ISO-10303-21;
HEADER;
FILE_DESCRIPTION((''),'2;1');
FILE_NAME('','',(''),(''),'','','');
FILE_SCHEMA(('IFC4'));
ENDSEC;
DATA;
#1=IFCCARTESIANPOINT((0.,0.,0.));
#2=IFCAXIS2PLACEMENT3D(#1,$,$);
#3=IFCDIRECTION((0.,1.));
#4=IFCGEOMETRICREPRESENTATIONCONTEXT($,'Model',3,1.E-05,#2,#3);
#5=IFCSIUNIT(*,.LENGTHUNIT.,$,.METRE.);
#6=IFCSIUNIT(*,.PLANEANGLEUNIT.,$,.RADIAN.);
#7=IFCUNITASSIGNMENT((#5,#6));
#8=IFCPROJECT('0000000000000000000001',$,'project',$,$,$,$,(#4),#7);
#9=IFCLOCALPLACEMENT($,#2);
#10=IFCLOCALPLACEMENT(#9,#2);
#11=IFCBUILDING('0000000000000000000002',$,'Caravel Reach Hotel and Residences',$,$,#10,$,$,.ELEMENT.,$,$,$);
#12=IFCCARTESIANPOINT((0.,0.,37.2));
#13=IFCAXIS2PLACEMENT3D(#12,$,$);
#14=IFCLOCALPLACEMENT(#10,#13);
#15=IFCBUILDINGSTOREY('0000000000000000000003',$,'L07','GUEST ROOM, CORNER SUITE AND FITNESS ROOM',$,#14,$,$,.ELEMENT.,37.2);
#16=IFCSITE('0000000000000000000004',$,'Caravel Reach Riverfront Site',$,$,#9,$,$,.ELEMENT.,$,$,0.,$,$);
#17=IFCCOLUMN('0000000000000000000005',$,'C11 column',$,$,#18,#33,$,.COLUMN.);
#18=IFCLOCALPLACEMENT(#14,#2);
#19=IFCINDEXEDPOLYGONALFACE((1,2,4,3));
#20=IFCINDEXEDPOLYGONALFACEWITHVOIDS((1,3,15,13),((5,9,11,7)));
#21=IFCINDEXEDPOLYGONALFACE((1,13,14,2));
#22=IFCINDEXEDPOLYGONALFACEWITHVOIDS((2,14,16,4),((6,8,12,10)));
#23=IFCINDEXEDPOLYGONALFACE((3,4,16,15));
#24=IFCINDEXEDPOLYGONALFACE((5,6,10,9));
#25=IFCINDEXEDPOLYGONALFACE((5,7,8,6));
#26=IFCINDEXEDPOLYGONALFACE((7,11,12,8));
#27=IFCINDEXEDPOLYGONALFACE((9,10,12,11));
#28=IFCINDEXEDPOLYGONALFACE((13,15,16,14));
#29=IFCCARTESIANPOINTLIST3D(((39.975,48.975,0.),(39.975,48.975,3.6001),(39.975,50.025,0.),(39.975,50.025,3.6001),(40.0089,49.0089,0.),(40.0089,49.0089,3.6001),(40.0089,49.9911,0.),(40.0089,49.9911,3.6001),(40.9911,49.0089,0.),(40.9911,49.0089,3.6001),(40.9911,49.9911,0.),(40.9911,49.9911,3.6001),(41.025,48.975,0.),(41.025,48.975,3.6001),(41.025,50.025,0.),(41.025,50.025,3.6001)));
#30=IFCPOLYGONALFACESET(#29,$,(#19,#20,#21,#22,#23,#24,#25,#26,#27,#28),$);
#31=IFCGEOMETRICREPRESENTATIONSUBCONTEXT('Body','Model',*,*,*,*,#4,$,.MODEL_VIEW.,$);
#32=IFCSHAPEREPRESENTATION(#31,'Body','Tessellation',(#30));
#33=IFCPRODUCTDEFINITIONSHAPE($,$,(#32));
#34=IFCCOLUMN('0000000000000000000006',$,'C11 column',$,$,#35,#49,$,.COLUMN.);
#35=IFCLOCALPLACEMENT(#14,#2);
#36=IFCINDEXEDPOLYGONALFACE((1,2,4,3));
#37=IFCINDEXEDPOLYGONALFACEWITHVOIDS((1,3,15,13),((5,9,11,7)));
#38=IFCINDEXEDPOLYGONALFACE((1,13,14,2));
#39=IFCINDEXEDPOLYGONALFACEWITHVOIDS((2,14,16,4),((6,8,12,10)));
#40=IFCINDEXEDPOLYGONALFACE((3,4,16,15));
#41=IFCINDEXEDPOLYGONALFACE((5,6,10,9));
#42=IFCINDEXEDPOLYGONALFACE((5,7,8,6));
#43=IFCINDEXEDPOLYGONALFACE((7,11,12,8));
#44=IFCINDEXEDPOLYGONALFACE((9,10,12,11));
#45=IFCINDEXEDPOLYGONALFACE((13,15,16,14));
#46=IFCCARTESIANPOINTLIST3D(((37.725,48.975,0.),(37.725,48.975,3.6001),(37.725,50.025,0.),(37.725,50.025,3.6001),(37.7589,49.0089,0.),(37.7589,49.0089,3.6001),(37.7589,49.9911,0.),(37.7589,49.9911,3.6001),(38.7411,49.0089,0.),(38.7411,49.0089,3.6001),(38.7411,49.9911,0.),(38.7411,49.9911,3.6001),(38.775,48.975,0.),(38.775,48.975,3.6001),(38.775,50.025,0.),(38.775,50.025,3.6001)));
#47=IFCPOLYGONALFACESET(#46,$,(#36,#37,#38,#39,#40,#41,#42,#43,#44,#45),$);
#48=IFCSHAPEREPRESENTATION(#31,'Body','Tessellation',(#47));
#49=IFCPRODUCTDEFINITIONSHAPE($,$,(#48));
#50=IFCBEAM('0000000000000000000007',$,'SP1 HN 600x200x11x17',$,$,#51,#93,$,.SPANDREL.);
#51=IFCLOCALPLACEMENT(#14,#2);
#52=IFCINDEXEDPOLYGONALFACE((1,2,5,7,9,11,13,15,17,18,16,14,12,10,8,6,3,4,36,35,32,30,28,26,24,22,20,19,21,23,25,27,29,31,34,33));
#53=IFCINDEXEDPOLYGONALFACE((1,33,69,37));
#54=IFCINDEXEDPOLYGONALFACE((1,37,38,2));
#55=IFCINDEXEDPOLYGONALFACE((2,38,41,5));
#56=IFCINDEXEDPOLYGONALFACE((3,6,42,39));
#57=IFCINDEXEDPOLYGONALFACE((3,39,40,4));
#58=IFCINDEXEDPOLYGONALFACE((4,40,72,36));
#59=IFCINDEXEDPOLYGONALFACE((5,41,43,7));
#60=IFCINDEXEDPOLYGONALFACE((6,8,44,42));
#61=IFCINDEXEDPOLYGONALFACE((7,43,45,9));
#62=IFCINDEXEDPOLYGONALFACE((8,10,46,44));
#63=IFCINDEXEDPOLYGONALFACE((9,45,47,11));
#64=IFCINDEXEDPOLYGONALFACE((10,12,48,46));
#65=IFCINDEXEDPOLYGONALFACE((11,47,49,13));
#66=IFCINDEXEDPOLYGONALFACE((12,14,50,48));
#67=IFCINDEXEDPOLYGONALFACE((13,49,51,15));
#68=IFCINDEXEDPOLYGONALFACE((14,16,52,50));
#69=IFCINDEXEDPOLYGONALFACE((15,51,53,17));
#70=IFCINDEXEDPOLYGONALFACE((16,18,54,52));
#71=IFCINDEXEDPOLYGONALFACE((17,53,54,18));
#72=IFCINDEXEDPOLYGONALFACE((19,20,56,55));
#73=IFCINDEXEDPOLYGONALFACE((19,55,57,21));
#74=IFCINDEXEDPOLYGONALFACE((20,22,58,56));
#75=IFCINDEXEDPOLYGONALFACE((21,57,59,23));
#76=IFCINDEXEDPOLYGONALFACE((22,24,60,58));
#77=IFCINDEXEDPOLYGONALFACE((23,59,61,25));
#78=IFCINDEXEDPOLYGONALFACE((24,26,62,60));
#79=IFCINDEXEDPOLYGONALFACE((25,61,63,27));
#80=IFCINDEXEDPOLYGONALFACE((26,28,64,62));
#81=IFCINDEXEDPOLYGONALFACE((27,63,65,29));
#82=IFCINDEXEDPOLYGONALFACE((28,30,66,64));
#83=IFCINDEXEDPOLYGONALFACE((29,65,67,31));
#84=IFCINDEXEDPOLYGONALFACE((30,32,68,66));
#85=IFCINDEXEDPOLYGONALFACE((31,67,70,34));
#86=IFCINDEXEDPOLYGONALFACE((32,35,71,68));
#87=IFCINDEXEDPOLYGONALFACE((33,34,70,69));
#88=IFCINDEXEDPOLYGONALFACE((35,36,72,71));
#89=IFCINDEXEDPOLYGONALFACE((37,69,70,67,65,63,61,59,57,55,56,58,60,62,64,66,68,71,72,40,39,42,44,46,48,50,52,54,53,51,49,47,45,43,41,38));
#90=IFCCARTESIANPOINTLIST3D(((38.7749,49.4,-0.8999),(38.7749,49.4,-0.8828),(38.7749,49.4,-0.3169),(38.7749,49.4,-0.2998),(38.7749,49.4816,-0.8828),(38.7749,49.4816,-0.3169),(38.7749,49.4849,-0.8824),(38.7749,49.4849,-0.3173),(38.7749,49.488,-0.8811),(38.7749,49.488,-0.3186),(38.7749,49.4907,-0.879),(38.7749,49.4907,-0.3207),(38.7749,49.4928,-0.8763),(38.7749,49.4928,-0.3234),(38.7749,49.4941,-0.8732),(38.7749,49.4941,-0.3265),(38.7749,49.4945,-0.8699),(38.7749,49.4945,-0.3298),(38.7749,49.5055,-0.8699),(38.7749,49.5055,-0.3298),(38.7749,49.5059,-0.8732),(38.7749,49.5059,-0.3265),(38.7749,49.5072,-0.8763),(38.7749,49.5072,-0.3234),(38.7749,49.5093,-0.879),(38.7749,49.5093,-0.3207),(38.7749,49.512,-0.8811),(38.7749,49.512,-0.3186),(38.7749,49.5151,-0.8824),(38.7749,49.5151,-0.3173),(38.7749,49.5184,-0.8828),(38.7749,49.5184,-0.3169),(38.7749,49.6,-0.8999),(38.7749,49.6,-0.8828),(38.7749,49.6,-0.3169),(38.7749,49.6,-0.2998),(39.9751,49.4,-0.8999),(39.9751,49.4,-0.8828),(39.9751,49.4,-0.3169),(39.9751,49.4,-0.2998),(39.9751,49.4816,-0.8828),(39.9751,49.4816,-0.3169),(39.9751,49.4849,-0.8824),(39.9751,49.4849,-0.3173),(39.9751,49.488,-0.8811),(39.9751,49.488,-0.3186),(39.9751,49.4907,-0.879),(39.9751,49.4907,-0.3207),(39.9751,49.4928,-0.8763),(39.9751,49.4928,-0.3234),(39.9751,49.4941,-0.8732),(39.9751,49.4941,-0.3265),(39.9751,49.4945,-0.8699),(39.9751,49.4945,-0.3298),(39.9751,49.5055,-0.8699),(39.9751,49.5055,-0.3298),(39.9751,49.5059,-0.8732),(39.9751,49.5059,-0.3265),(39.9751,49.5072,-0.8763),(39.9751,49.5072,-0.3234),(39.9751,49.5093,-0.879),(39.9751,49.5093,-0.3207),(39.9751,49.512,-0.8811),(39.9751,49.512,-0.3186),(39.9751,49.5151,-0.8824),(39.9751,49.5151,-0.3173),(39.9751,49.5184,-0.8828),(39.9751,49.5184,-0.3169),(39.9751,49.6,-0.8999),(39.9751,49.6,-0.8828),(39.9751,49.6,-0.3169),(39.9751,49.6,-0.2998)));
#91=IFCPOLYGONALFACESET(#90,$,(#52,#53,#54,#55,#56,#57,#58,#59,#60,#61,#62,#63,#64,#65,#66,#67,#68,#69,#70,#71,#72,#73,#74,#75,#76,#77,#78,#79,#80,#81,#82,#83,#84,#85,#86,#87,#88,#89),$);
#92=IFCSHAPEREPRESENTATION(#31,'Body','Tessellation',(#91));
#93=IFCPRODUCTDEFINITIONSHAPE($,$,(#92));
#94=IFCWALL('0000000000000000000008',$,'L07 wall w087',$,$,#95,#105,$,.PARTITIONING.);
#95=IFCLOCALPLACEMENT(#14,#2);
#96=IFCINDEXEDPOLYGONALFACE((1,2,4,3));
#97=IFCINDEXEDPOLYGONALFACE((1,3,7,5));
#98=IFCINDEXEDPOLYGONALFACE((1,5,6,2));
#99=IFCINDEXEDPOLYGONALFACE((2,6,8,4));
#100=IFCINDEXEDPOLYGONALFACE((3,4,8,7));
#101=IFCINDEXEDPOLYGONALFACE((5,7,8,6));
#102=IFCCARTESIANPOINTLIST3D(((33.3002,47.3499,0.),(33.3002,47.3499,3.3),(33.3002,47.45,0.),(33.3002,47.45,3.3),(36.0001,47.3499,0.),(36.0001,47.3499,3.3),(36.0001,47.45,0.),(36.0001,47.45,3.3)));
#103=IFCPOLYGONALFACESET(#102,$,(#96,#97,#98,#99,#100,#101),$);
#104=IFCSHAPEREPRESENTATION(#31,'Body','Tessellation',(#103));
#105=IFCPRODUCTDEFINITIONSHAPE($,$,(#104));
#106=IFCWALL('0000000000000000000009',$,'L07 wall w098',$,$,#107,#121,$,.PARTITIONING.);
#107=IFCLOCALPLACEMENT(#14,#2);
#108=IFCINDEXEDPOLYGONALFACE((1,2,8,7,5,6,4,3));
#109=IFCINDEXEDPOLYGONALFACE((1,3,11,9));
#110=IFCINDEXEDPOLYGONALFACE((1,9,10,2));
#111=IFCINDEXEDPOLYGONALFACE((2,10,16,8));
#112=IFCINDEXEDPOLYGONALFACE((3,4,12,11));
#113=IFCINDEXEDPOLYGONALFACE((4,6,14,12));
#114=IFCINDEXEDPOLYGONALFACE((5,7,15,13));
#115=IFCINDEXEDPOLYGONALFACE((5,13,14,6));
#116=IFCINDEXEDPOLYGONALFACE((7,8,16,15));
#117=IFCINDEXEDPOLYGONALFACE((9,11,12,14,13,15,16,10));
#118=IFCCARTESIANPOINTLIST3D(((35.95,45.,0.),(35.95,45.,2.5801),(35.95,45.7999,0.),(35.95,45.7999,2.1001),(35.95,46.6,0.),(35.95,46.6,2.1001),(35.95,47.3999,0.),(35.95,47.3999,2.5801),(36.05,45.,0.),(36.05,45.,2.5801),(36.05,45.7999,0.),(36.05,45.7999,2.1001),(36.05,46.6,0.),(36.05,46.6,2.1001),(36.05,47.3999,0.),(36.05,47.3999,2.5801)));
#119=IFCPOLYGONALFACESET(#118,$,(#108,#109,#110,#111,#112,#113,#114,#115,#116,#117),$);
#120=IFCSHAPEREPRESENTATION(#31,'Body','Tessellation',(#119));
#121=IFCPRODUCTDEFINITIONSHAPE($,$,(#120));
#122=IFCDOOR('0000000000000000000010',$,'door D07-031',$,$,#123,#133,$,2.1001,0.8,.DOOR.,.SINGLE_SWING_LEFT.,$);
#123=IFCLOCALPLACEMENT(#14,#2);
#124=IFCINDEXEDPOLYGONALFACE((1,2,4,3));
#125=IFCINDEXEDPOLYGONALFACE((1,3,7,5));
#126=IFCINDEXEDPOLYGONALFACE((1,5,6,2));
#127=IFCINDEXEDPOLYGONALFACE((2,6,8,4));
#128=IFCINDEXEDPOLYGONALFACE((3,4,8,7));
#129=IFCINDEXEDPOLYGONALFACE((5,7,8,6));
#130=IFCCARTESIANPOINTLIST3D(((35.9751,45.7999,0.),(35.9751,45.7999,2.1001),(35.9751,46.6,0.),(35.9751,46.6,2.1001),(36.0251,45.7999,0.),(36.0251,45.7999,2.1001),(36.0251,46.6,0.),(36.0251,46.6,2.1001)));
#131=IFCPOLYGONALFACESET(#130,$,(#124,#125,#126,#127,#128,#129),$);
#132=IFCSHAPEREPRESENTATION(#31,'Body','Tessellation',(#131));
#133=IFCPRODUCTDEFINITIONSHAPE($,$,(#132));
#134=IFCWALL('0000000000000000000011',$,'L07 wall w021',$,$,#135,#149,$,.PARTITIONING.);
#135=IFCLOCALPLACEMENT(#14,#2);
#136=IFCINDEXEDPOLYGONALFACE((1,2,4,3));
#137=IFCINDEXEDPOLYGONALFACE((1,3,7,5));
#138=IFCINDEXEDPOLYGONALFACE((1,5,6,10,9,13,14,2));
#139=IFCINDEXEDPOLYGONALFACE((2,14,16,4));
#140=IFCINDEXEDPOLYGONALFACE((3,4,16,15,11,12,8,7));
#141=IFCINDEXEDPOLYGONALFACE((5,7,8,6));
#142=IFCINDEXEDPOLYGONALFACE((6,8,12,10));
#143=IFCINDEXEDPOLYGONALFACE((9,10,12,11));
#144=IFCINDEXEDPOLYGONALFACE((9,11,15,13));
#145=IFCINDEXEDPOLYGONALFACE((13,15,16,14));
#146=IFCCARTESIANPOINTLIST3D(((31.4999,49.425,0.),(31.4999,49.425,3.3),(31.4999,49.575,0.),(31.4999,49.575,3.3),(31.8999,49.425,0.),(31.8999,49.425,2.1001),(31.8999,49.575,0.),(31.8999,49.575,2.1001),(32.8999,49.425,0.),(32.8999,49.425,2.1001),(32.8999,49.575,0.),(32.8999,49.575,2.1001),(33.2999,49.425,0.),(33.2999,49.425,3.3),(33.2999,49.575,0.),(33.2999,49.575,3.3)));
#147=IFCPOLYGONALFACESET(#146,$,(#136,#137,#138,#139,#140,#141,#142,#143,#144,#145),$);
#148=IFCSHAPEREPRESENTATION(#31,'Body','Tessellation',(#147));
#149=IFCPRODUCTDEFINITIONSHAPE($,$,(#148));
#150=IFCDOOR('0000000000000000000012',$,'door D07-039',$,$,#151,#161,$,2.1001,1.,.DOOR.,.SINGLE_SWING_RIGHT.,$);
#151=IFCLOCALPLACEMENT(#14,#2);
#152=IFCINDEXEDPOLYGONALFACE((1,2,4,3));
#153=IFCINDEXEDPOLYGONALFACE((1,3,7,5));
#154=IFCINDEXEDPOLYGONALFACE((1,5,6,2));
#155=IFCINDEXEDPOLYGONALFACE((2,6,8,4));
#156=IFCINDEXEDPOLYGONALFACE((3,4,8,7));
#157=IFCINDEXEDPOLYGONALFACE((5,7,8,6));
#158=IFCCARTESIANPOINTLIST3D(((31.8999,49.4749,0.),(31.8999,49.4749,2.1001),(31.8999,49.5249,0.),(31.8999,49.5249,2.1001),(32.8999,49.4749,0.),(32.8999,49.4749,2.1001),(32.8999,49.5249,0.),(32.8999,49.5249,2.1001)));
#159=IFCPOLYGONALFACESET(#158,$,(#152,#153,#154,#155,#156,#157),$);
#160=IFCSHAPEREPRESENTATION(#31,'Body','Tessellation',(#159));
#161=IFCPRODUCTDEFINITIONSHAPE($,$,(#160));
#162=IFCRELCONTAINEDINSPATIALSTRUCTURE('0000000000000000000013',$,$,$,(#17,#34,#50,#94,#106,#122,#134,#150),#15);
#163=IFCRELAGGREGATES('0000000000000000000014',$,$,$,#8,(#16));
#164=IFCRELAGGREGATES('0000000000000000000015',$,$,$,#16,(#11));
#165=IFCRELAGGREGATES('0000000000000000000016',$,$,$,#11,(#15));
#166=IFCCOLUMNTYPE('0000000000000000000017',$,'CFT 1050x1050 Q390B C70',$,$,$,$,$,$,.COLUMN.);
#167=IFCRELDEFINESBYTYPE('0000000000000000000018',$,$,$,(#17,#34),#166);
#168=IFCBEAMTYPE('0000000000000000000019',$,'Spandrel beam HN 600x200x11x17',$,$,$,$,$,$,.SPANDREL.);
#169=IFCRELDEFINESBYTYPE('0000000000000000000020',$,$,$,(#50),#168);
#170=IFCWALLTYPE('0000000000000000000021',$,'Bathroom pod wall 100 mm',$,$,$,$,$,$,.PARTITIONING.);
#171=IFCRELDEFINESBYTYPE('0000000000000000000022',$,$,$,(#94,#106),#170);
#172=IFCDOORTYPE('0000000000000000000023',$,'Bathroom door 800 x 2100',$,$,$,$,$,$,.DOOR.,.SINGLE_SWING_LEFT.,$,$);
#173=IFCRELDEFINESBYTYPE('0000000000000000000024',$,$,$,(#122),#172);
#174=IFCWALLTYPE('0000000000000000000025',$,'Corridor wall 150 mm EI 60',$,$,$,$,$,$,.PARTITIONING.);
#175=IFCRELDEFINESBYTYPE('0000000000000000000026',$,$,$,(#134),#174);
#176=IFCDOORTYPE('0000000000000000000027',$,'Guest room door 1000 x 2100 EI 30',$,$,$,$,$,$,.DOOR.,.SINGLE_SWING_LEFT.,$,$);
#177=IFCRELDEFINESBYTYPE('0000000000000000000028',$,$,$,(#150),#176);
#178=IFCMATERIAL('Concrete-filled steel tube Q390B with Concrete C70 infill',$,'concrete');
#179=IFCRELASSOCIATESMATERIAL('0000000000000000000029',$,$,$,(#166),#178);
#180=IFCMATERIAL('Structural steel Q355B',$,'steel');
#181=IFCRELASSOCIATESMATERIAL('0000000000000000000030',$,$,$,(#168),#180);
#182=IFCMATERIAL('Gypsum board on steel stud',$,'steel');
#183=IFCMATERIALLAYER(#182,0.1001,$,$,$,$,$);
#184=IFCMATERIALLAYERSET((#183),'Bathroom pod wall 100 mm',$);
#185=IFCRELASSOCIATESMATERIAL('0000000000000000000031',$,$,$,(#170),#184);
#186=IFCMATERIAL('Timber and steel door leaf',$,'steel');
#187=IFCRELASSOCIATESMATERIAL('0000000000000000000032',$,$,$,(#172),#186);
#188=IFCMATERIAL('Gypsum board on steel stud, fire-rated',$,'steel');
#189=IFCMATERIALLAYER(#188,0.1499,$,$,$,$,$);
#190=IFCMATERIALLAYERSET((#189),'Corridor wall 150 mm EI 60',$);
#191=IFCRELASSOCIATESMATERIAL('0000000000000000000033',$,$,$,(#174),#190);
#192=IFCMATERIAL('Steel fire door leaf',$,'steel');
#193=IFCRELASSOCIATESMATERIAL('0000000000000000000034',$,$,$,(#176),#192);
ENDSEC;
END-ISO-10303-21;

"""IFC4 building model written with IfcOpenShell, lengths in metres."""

from ifc_helpers import new_model, si_unit, direction, frame, frame_2d, origin, origin_2d, place, context, subcontext, project, spatial, rectangle, hollow_rectangle, i_section, extrude, material, layer, layer_set, material_profile, profile_set, type_object, element, fill, save


model = new_model("IFC4")

# Units and contexts
model_context = context("Model", 3, precision=1e-05, world=origin(), true_north=direction((0.0, 1.0)))
body_context = subcontext(model_context, "Body", "Model", "MODEL_VIEW")
ifc_project = project(units=[si_unit("LENGTHUNIT", "METRE"), si_unit("PLANEANGLEUNIT", "RADIAN")], contexts=[model_context])

# Site, building, storey
site_placement = place(None, origin())
site = spatial("IfcSite", under=ifc_project, at=site_placement, Name="Caravel Reach Riverfront Site", CompositionType="ELEMENT", RefElevation=0.0)
building_placement = place(site_placement, origin())
building = spatial("IfcBuilding", under=site, at=building_placement, Name="Caravel Reach Hotel and Residences", CompositionType="ELEMENT")
storey_placement = place(building_placement, frame((0.0, 0.0, 37.2)))
storey = spatial("IfcBuildingStorey", under=building, at=storey_placement, Name="L07", Description="GUEST ROOM, CORNER SUITE AND FITNESS ROOM", CompositionType="ELEMENT", Elevation=37.2)

# Columns
ifc_material_1 = material(Name="Concrete-filled steel tube Q390B with Concrete C70 infill", Category="concrete")
ifc_material_profile_1 = material_profile(ifc_material_1, hollow_rectangle(XDim=1.05, YDim=1.05, WallThickness=0.0339, at=origin_2d()), Name="RHS 1050x1050x34")
ifc_profile_set_1 = profile_set([ifc_material_profile_1], Name="Concrete-filled steel tube Q390B with Concrete C70 infill")
column_type = type_object("IfcColumnType", Name="CFT 1050x1050 Q390B C70", PredefinedType="COLUMN", material=ifc_profile_set_1)
for number, where, z_axis, x_axis, name in (
    (1, (40.5, 49.5, 0.0), (0.0, 0.0, 1.0), (1.0, 0.0, 0.0), "C11 column"),
    (2, (38.25, 49.5, 0.0), (0.0, 0.0, 1.0), (1.0, 0.0, 0.0), "C11 column"),
):
    element("IfcColumn", number, at=place(storey_placement, frame(where, z_axis=z_axis, x_axis=x_axis)), inside=storey, type_object=column_type, Name=name, PredefinedType="COLUMN", context=body_context, shape_type="SweptSolid", body=[
        extrude(hollow_rectangle(XDim=1.05, YDim=1.05, WallThickness=0.0339, at=origin_2d()), origin(), (0.0, 0.0, 1.0), 3.6001),
    ])

# Beam
ifc_material_2 = material(Name="Structural steel Q355B", Category="steel")
ifc_material_profile_2 = material_profile(ifc_material_2, i_section(OverallWidth=0.2, OverallDepth=0.6001, WebThickness=0.011, FlangeThickness=0.0171, FilletRadius=0.0129, at=origin_2d()), Name="HN 600x200x11x17")
ifc_profile_set_2 = profile_set([ifc_material_profile_2], Name="Structural steel Q355B")
beam_type = type_object("IfcBeamType", Name="Spandrel beam HN 600x200x11x17", PredefinedType="SPANDREL", material=ifc_profile_set_2)
beam_placement = place(storey_placement, frame((39.9751, 49.5, -0.5999), z_axis=(-1.0, 0.0, 0.0), x_axis=(0.0, -1.0, 0.0)))
element("IfcBeam", 3, at=beam_placement, inside=storey, type_object=beam_type, Name="SP1 HN 600x200x11x17", PredefinedType="SPANDREL", context=body_context, shape_type="SweptSolid", body=[
    extrude(i_section(OverallWidth=0.2, OverallDepth=0.6001, WebThickness=0.011, FlangeThickness=0.0171, FilletRadius=0.0129, at=origin_2d()), origin(), (0.0, 0.0, 1.0), 1.2002),
])

# Wall
ifc_material_3 = material(Name="Gypsum board on steel stud", Category="steel")
ifc_layer_1 = layer(ifc_material_3, 0.1001)
ifc_layer_set_1 = layer_set([ifc_layer_1], Name="Bathroom pod wall 100 mm")
wall_type_1 = type_object("IfcWallType", Name="Bathroom pod wall 100 mm", PredefinedType="PARTITIONING", material=ifc_layer_set_1)
wall_1_placement = place(storey_placement, frame((33.3, 47.3999, 0.0), z_axis=(0.0, 0.0, 1.0), x_axis=(1.0, 0.0, 0.0)))
element("IfcWall", 4, at=wall_1_placement, inside=storey, type_object=wall_type_1, Name="L07 wall w087", PredefinedType="PARTITIONING", context=body_context, shape_type="SweptSolid", body=[
    extrude(rectangle(XDim=2.7, YDim=0.1001, at=frame_2d((1.3501, 0.0))), origin(), (0.0, 0.0, 1.0), 3.3),
])

# Walls, openings, doors
wall_2_placement = place(storey_placement, frame((36.0, 45.0, 0.0), z_axis=(0.0, 0.0, 1.0), x_axis=(0.0, 1.0, 0.0)))
wall_2 = element("IfcWall", 5, at=wall_2_placement, inside=storey, type_object=wall_type_1, Name="L07 wall w098", PredefinedType="PARTITIONING", context=body_context, shape_type="SweptSolid", body=[
    extrude(rectangle(XDim=2.3999, YDim=0.1001, at=frame_2d((1.2, 0.0))), origin(), (0.0, 0.0, 1.0), 2.5801),
])
opening_1_placement = place(wall_2_placement, frame((0.8, 0.0, 0.0)))
opening_1 = element("IfcOpeningElement", 6, at=opening_1_placement, cuts=wall_2, PredefinedType="OPENING", context=body_context, shape_type="SweptSolid", body=[
    extrude(rectangle(XDim=0.8, YDim=2.1001, at=frame_2d((0.3999, 1.05))), frame((0.0, 0.0601, 0.0), z_axis=(0.0, -1.0, 0.0), x_axis=(1.0, 0.0, 0.0)), (0.0, 0.0, 1.0), 0.1201),
])
ifc_material_4 = material(Name="Timber and steel door leaf", Category="steel")
door_type_1 = type_object("IfcDoorType", Name="Bathroom door 800 x 2100", OperationType="SINGLE_SWING_LEFT", PredefinedType="DOOR", material=ifc_material_4)
door_1_placement = place(opening_1_placement, origin())
door_1 = element("IfcDoor", 7, at=door_1_placement, inside=storey, type_object=door_type_1, Name="door D07-031", OperationType="SINGLE_SWING_LEFT", OverallHeight=2.1001, OverallWidth=0.8, PredefinedType="DOOR", context=body_context, shape_type="SweptSolid", body=[
    extrude(rectangle(XDim=0.8, YDim=2.1001, at=frame_2d((0.3999, 1.05))), frame((0.0, 0.0249, 0.0), z_axis=(0.0, -1.0, 0.0), x_axis=(1.0, 0.0, 0.0)), (0.0, 0.0, 1.0), 0.05),
])
fill(opening_1, door_1)
ifc_material_5 = material(Name="Gypsum board on steel stud, fire-rated", Category="steel")
ifc_layer_2 = layer(ifc_material_5, 0.1499)
ifc_layer_set_2 = layer_set([ifc_layer_2], Name="Corridor wall 150 mm EI 60")
wall_type_2 = type_object("IfcWallType", Name="Corridor wall 150 mm EI 60", PredefinedType="PARTITIONING", material=ifc_layer_set_2)
wall_3_placement = place(storey_placement, frame((31.5, 49.5, 0.0), z_axis=(0.0, 0.0, 1.0), x_axis=(1.0, 0.0, 0.0)))
wall_3 = element("IfcWall", 8, at=wall_3_placement, inside=storey, type_object=wall_type_2, Name="L07 wall w021", PredefinedType="PARTITIONING", context=body_context, shape_type="SweptSolid", body=[
    extrude(rectangle(XDim=1.8, YDim=0.1499, at=frame_2d((0.8999, 0.0))), origin(), (0.0, 0.0, 1.0), 3.3),
])
opening_2_placement = place(wall_3_placement, frame((0.3999, 0.0, 0.0)))
opening_2 = element("IfcOpeningElement", 9, at=opening_2_placement, cuts=wall_3, PredefinedType="OPENING", context=body_context, shape_type="SweptSolid", body=[
    extrude(rectangle(XDim=1.0, YDim=2.1001, at=frame_2d((0.5, 1.05))), frame((0.0, 0.085, 0.0), z_axis=(0.0, -1.0, 0.0), x_axis=(1.0, 0.0, 0.0)), (0.0, 0.0, 1.0), 0.1699),
])
ifc_material_6 = material(Name="Steel fire door leaf", Category="steel")
door_type_2 = type_object("IfcDoorType", Name="Guest room door 1000 x 2100 EI 30", OperationType="SINGLE_SWING_LEFT", PredefinedType="DOOR", material=ifc_material_6)
door_2_placement = place(opening_2_placement, origin())
door_2 = element("IfcDoor", 10, at=door_2_placement, inside=storey, type_object=door_type_2, Name="door D07-039", OperationType="SINGLE_SWING_RIGHT", OverallHeight=2.1001, OverallWidth=1.0, PredefinedType="DOOR", context=body_context, shape_type="SweptSolid", body=[
    extrude(rectangle(XDim=1.0, YDim=2.1001, at=frame_2d((0.5, 1.05))), frame((0.0, 0.0249, 0.0), z_axis=(0.0, -1.0, 0.0), x_axis=(1.0, 0.0, 0.0)), (0.0, 0.0, 1.0), 0.05),
])
fill(opening_2, door_2)

save(model, "model.ifc")
